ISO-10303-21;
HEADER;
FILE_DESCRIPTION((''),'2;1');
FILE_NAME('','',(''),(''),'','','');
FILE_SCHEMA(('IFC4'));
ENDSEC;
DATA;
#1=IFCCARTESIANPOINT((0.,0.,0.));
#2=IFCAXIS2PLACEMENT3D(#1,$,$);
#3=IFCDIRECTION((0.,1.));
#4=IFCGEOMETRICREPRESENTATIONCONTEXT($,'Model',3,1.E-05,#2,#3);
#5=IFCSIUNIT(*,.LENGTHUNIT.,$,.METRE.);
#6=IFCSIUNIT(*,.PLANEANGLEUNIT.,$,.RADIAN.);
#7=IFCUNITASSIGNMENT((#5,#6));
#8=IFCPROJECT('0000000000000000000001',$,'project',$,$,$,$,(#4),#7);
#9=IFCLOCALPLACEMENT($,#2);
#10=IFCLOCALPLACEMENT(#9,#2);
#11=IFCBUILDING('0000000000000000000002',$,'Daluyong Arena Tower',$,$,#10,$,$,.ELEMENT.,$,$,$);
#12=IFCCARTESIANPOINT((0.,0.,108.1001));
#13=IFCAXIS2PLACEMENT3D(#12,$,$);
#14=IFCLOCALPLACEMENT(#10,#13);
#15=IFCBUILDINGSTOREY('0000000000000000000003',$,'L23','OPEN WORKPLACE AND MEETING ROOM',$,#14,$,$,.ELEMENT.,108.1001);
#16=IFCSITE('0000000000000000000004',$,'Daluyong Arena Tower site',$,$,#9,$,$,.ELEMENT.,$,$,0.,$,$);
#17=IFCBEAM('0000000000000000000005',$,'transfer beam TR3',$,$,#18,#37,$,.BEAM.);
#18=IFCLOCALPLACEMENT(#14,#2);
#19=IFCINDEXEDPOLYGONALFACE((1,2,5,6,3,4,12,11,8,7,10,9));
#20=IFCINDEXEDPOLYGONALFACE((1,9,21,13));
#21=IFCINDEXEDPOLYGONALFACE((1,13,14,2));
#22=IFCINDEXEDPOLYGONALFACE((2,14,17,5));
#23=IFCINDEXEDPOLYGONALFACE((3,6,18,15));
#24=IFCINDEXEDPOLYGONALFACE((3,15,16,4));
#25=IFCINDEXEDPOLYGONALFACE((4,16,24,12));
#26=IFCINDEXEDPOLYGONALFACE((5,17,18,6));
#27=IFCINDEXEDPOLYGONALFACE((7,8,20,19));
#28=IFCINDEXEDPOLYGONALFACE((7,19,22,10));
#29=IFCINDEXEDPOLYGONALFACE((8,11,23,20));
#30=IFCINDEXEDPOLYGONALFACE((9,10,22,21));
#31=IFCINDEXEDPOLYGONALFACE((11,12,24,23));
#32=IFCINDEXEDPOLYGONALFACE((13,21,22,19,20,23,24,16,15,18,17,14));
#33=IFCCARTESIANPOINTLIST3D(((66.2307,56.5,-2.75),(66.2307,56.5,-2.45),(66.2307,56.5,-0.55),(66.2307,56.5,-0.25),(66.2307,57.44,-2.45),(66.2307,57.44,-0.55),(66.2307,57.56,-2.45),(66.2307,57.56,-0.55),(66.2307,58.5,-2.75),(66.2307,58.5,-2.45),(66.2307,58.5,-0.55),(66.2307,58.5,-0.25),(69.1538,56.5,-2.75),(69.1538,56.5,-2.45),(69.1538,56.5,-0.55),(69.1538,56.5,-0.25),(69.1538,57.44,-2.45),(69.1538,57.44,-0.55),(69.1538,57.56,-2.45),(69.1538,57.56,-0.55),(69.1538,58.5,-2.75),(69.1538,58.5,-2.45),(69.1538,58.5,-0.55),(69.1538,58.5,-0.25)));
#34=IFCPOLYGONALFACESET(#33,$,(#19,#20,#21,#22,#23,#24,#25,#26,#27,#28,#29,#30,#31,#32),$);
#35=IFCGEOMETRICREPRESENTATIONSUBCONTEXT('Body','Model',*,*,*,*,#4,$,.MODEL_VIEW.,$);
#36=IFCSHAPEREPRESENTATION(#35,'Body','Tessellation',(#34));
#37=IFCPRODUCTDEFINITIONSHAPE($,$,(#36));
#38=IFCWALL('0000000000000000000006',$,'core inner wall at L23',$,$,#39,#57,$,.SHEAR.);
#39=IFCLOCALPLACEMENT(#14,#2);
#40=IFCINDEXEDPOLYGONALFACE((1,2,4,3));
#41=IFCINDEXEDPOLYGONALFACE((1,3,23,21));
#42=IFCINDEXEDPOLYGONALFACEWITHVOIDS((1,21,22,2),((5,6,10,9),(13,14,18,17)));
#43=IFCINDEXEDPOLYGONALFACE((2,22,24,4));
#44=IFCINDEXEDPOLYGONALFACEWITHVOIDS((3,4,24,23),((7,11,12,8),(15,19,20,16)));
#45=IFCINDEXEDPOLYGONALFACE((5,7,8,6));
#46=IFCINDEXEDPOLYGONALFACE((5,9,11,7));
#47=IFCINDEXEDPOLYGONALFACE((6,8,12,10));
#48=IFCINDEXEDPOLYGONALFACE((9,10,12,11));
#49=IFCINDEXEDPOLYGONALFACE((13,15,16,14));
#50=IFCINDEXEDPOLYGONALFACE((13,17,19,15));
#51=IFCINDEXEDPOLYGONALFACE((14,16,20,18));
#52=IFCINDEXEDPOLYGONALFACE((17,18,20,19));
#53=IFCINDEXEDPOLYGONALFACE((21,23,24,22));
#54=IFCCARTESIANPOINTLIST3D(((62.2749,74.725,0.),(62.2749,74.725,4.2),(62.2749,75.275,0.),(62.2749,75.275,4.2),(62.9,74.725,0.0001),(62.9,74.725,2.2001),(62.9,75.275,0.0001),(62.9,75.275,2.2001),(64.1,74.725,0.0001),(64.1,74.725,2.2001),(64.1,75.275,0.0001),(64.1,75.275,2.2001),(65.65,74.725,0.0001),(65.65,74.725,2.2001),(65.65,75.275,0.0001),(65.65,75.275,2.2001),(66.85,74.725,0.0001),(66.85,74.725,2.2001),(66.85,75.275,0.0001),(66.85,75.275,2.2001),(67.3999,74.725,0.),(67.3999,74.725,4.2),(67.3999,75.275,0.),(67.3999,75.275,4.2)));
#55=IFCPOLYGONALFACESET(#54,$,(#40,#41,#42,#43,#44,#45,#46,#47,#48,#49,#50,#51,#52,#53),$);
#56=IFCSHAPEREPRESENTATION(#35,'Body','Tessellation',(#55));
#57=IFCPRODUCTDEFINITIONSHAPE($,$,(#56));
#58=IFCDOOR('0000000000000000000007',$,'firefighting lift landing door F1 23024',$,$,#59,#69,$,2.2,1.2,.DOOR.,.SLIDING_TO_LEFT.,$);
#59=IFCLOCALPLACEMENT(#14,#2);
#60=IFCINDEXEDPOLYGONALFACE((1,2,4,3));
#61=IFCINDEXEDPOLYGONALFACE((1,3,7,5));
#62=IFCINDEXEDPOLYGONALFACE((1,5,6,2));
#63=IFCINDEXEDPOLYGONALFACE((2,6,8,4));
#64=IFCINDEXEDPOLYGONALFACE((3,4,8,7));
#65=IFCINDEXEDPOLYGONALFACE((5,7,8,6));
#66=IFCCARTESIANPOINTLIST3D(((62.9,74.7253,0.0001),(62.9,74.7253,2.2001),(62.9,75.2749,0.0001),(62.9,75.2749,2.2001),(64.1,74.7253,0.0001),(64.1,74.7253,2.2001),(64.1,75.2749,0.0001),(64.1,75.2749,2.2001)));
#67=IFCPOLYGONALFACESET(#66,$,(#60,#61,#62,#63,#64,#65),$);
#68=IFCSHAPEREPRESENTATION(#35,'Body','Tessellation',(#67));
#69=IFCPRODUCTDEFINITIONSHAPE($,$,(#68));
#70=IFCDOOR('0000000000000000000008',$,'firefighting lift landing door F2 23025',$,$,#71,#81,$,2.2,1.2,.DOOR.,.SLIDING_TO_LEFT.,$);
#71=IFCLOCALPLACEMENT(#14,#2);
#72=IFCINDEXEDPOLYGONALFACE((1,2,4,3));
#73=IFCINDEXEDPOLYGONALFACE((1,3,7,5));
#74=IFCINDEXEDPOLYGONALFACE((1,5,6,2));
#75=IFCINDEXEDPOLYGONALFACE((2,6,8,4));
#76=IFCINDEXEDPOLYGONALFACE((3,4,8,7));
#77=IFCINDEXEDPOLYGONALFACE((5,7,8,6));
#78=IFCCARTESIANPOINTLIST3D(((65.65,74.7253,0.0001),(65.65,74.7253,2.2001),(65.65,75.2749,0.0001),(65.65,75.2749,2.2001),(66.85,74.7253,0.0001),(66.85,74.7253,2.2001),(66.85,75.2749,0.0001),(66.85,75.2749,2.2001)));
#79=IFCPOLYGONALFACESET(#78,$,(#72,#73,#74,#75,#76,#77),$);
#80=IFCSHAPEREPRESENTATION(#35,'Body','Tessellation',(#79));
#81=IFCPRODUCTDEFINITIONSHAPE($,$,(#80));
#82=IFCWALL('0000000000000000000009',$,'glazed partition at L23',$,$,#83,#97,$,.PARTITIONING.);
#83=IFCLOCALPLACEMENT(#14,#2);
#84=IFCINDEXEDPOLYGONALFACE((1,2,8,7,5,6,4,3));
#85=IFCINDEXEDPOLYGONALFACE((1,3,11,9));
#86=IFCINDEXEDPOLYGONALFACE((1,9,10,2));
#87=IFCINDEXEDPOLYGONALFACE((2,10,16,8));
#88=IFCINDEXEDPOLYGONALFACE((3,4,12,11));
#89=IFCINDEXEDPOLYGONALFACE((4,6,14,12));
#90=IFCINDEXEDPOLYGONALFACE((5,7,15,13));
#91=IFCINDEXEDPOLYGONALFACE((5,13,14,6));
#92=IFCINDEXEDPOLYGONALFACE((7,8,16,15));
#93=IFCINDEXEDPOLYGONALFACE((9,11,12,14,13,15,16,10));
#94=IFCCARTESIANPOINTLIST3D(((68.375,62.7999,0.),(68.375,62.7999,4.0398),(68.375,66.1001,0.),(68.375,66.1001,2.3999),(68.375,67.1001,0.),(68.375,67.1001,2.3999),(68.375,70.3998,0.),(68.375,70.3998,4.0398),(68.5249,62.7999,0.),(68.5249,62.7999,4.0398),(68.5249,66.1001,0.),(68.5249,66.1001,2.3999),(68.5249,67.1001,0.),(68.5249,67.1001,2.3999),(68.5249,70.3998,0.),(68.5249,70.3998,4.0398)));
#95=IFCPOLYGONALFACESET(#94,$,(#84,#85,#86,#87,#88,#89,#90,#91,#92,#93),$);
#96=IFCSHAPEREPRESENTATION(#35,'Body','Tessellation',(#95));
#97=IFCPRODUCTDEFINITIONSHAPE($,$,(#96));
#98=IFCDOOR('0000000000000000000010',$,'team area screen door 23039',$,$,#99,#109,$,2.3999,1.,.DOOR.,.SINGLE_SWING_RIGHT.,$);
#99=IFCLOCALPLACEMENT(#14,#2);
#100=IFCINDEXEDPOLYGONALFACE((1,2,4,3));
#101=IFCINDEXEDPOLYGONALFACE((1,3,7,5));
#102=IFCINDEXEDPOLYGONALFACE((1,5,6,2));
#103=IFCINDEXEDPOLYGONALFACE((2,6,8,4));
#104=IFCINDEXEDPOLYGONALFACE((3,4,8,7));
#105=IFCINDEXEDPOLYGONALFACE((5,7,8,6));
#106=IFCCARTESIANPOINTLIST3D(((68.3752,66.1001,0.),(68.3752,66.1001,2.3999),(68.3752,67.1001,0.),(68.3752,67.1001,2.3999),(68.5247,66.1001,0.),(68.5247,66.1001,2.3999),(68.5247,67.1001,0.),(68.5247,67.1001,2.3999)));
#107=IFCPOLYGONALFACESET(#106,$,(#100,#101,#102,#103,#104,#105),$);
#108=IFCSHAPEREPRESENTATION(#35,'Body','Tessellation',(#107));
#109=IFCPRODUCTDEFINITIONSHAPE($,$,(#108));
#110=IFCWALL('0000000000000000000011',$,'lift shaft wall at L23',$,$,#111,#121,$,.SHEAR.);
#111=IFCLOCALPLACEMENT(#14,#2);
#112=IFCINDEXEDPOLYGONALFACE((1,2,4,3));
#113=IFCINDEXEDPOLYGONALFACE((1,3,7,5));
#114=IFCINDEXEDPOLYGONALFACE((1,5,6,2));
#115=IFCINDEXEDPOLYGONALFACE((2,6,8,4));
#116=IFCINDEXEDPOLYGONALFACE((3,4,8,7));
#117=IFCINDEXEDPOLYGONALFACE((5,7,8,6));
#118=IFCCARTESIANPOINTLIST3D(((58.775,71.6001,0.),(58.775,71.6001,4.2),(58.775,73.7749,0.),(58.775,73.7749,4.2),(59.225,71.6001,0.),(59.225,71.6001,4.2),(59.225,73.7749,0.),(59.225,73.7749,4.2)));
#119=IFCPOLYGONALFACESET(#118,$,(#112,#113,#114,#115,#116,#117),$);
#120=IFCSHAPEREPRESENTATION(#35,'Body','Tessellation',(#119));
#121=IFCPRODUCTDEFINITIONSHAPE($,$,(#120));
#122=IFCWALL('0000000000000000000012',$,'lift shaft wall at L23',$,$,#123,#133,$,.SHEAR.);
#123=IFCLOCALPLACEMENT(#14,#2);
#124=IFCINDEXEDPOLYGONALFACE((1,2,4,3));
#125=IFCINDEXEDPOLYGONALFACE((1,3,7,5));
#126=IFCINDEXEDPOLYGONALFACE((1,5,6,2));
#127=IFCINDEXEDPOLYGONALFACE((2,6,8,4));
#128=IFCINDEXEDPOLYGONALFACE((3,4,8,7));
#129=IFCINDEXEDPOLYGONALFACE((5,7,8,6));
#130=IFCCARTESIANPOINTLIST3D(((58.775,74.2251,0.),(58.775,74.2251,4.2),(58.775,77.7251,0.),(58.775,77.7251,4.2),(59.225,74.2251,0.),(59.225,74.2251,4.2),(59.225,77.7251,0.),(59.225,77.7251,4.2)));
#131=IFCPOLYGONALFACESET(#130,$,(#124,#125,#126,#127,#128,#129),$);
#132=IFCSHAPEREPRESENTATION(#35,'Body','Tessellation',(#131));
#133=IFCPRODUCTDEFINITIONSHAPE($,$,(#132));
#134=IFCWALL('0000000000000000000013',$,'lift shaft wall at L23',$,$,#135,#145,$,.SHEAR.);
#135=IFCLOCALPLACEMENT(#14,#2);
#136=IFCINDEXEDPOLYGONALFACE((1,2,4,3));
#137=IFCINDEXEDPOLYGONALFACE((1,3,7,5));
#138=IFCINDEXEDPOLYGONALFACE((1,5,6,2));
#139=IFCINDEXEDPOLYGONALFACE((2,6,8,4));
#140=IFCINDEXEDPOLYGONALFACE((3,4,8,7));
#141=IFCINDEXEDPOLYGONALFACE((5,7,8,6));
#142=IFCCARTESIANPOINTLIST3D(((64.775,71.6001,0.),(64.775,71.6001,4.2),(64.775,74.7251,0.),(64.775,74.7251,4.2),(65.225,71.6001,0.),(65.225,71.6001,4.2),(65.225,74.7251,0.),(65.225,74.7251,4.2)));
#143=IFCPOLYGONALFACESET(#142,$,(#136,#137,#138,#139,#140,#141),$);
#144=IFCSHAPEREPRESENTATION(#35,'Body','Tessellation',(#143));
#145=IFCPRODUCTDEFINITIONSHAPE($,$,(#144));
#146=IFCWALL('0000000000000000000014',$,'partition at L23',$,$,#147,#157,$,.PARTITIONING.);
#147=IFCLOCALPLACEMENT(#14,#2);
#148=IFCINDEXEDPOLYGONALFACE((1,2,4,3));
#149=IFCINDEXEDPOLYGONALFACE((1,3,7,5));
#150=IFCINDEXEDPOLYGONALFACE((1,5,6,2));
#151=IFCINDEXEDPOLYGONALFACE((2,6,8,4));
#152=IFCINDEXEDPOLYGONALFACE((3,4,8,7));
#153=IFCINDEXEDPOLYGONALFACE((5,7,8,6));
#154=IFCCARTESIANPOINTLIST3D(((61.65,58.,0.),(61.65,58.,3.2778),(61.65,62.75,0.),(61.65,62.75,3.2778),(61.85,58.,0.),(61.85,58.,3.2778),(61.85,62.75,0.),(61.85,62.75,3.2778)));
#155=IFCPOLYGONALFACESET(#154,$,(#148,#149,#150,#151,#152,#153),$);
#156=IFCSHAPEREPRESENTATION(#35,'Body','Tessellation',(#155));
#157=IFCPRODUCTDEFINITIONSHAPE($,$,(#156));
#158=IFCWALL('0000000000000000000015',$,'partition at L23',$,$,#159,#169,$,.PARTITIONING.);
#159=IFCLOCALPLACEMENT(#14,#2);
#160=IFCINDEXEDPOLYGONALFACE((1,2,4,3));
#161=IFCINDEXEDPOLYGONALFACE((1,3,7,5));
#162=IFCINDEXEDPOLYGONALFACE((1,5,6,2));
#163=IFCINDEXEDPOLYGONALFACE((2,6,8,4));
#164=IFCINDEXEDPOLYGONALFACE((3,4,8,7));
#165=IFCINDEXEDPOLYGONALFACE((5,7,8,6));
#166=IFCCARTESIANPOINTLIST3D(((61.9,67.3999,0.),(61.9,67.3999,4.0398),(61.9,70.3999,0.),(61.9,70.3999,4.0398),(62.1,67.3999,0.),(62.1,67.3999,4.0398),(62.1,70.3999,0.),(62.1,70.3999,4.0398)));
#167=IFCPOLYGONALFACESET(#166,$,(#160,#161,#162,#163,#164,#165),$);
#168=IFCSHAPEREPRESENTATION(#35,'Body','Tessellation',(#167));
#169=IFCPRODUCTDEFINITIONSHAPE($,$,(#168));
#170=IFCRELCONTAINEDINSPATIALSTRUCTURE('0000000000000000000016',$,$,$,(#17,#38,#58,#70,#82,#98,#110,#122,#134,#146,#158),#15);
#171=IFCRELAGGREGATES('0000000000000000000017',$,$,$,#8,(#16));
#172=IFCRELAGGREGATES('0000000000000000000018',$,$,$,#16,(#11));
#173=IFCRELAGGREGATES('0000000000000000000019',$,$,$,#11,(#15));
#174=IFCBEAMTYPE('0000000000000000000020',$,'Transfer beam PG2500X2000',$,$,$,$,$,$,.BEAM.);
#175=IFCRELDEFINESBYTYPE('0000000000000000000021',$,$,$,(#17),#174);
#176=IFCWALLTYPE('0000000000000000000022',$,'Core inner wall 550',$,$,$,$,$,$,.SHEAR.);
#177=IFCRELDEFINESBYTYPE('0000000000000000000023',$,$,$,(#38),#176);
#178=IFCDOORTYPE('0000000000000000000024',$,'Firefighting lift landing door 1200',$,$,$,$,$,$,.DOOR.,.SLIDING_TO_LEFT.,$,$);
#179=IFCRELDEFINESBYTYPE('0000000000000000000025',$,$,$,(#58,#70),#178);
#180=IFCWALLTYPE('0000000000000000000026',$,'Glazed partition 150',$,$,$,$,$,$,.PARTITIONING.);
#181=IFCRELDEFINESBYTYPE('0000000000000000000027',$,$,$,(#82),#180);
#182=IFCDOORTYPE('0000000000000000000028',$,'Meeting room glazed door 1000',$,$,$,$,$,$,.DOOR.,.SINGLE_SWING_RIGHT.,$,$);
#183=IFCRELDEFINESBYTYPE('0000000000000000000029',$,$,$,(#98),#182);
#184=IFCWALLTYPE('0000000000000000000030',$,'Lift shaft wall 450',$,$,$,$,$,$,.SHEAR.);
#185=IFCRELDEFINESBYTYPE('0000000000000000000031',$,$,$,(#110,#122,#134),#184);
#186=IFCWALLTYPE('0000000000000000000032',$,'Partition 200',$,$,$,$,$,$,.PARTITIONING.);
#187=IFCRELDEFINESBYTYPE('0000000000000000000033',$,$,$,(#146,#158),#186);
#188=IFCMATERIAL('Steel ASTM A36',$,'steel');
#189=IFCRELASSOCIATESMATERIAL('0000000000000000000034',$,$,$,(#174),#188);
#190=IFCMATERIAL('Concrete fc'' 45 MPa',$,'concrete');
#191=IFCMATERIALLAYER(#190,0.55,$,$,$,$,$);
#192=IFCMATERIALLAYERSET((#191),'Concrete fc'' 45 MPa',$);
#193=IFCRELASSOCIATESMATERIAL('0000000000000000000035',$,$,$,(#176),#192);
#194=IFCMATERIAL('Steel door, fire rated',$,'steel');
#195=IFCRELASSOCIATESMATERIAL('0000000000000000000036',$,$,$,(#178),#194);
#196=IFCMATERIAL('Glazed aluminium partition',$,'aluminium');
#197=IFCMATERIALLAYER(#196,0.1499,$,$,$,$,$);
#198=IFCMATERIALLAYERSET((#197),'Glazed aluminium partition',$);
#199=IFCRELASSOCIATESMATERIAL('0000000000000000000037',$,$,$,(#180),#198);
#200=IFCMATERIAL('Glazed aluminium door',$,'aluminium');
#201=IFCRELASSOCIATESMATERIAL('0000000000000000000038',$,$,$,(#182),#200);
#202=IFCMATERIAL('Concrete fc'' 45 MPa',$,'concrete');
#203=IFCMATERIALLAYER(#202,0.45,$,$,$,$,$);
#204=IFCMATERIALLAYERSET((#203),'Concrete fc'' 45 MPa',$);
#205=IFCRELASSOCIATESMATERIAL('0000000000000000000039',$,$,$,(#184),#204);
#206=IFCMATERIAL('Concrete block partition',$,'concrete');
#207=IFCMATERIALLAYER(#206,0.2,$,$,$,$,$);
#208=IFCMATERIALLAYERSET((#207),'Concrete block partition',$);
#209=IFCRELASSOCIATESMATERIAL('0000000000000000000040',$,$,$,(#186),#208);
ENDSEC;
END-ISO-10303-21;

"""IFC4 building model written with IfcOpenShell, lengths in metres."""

from ifc_helpers import new_model, si_unit, direction, frame, frame_2d, origin, origin_2d, place, context, subcontext, project, spatial, rectangle, i_section, extrude, material, layer, layer_set, material_profile, profile_set, type_object, element, fill, save


model = new_model("IFC4")

# Units and contexts
model_context = context("Model", 3, precision=1e-05, world=origin(), true_north=direction((0.0, 1.0)))
body_context = subcontext(model_context, "Body", "Model", "MODEL_VIEW")
ifc_project = project(units=[si_unit("LENGTHUNIT", "METRE"), si_unit("PLANEANGLEUNIT", "RADIAN")], contexts=[model_context])

# Site, building, storey
site_placement = place(None, origin())
site = spatial("IfcSite", under=ifc_project, at=site_placement, Name="Daluyong Arena Tower site", CompositionType="ELEMENT", RefElevation=0.0)
building_placement = place(site_placement, origin())
building = spatial("IfcBuilding", under=site, at=building_placement, Name="Daluyong Arena Tower", CompositionType="ELEMENT")
storey_placement = place(building_placement, frame((0.0, 0.0, 108.1001)))
storey = spatial("IfcBuildingStorey", under=building, at=storey_placement, Name="L23", Description="OPEN WORKPLACE AND MEETING ROOM", CompositionType="ELEMENT", Elevation=108.1001)

# Beam
ifc_material_1 = material(Name="Steel ASTM A36", Category="steel")
ifc_material_profile_1 = material_profile(ifc_material_1, i_section(OverallWidth=2.0, OverallDepth=2.5, WebThickness=0.12, FlangeThickness=0.3, at=origin_2d()))
ifc_profile_set_1 = profile_set([ifc_material_profile_1], Name="Steel ASTM A36")
beam_type_1 = type_object("IfcBeamType", Name="Transfer beam PG2500X2000", PredefinedType="BEAM", material=ifc_profile_set_1)
for number, where, z_axis, x_axis, name in (
    (1, (66.2307, 57.5, -1.5), (1.0, 0.0, 0.0), (0.0, 1.0, 0.0), "transfer beam TR3"),
):
    element("IfcBeam", number, at=place(storey_placement, frame(where, z_axis=z_axis, x_axis=x_axis)), inside=storey, type_object=beam_type_1, Name=name, PredefinedType="BEAM", context=body_context, shape_type="SweptSolid", body=[
        extrude(i_section(OverallWidth=2.0, OverallDepth=2.5, WebThickness=0.12, FlangeThickness=0.3, at=origin_2d()), origin(), (0.0, 0.0, 1.0), 2.9231),
    ])

# Shared definitions
ifc_material_2 = material(Name="Concrete fc' 45 MPa", Category="concrete")
ifc_layer_1 = layer(ifc_material_2, 0.55)
ifc_layer_set_1 = layer_set([ifc_layer_1], Name="Concrete fc' 45 MPa")
wall_type_1 = type_object("IfcWallType", Name="Core inner wall 550", PredefinedType="SHEAR", material=ifc_layer_set_1)

# Wall, openings, doors
wall_1_placement = place(storey_placement, frame((62.2749, 75.0, 0.0), z_axis=(0.0, 0.0, 1.0), x_axis=(1.0, 0.0, 0.0)))
wall_1 = element("IfcWall", 2, at=wall_1_placement, inside=storey, type_object=wall_type_1, Name="core inner wall at L23", PredefinedType="SHEAR", context=body_context, shape_type="SweptSolid", body=[
    extrude(rectangle(XDim=5.125, YDim=0.55, at=frame_2d((2.5625, 0.0))), origin(), (0.0, 0.0, 1.0), 4.2),
])
opening_1_placement = place(wall_1_placement, frame((0.625, 0.0, 0.0)))
opening_1 = element("IfcOpeningElement", 3, at=opening_1_placement, cuts=wall_1, PredefinedType="OPENING", context=body_context, shape_type="SweptSolid", body=[
    extrude(rectangle(XDim=1.2, YDim=2.2, at=frame_2d((0.6001, 1.1001))), frame((0.0, 0.2849, 0.0), z_axis=(0.0, -1.0, 0.0), x_axis=(1.0, 0.0, 0.0)), (0.0, 0.0, 1.0), 0.5701),
])
opening_2_placement = place(wall_1_placement, frame((3.375, 0.0, 0.0)))
opening_2 = element("IfcOpeningElement", 4, at=opening_2_placement, cuts=wall_1, PredefinedType="OPENING", context=body_context, shape_type="SweptSolid", body=[
    extrude(rectangle(XDim=1.2, YDim=2.2, at=frame_2d((0.6001, 1.1001))), frame((0.0, 0.2849, 0.0), z_axis=(0.0, -1.0, 0.0), x_axis=(1.0, 0.0, 0.0)), (0.0, 0.0, 1.0), 0.5701),
])
ifc_material_3 = material(Name="Steel door, fire rated", Category="steel")
door_type_1 = type_object("IfcDoorType", Name="Firefighting lift landing door 1200", OperationType="SLIDING_TO_LEFT", PredefinedType="DOOR", material=ifc_material_3)
door_1_placement = place(opening_1_placement, origin())
door_1 = element("IfcDoor", 5, at=door_1_placement, inside=storey, type_object=door_type_1, Name="firefighting lift landing door F1 23024", OperationType="SLIDING_TO_LEFT", OverallHeight=2.2, OverallWidth=1.2, PredefinedType="DOOR", context=body_context, shape_type="SweptSolid", body=[
    extrude(rectangle(XDim=1.2, YDim=2.2, at=frame_2d((0.6001, 1.1001))), frame((0.0, 0.2749, 0.0), z_axis=(0.0, -1.0, 0.0), x_axis=(1.0, 0.0, 0.0)), (0.0, 0.0, 1.0), 0.5496),
])
fill(opening_1, door_1)
door_2_placement = place(opening_2_placement, origin())
door_2 = element("IfcDoor", 6, at=door_2_placement, inside=storey, type_object=door_type_1, Name="firefighting lift landing door F2 23025", OperationType="SLIDING_TO_LEFT", OverallHeight=2.2, OverallWidth=1.2, PredefinedType="DOOR", context=body_context, shape_type="SweptSolid", body=[
    extrude(rectangle(XDim=1.2, YDim=2.2, at=frame_2d((0.6001, 1.1001))), frame((0.0, 0.2749, 0.0), z_axis=(0.0, -1.0, 0.0), x_axis=(1.0, 0.0, 0.0)), (0.0, 0.0, 1.0), 0.5496),
])
fill(opening_2, door_2)

# Wall, opening, door
ifc_material_4 = material(Name="Glazed aluminium partition", Category="aluminium")
ifc_layer_2 = layer(ifc_material_4, 0.1499)
ifc_layer_set_2 = layer_set([ifc_layer_2], Name="Glazed aluminium partition")
wall_type_2 = type_object("IfcWallType", Name="Glazed partition 150", PredefinedType="PARTITIONING", material=ifc_layer_set_2)
wall_2_placement = place(storey_placement, frame((68.45, 62.8, 0.0), z_axis=(0.0, 0.0, 1.0), x_axis=(0.0, 1.0, 0.0)))
wall_2 = element("IfcWall", 7, at=wall_2_placement, inside=storey, type_object=wall_type_2, Name="glazed partition at L23", PredefinedType="PARTITIONING", context=body_context, shape_type="SweptSolid", body=[
    extrude(rectangle(XDim=7.5999, YDim=0.1499, at=frame_2d((3.7998, 0.0))), origin(), (0.0, 0.0, 1.0), 4.0398),
])
opening_3_placement = place(wall_2_placement, frame((3.3, 0.0, 0.0)))
opening_3 = element("IfcOpeningElement", 8, at=opening_3_placement, cuts=wall_2, PredefinedType="OPENING", context=body_context, shape_type="SweptSolid", body=[
    extrude(rectangle(XDim=1.0, YDim=2.3999, at=frame_2d((0.5, 1.2))), frame((0.0, 0.085, 0.0), z_axis=(0.0, -1.0, 0.0), x_axis=(1.0, 0.0, 0.0)), (0.0, 0.0, 1.0), 0.1699),
])
ifc_material_5 = material(Name="Glazed aluminium door", Category="aluminium")
door_type_2 = type_object("IfcDoorType", Name="Meeting room glazed door 1000", OperationType="SINGLE_SWING_RIGHT", PredefinedType="DOOR", material=ifc_material_5)
door_3_placement = place(opening_3_placement, origin())
door_3 = element("IfcDoor", 9, at=door_3_placement, inside=storey, type_object=door_type_2, Name="team area screen door 23039", OperationType="SINGLE_SWING_RIGHT", OverallHeight=2.3999, OverallWidth=1.0, PredefinedType="DOOR", context=body_context, shape_type="SweptSolid", body=[
    extrude(rectangle(XDim=1.0, YDim=2.3999, at=frame_2d((0.5, 1.2))), frame((0.0, 0.0747, 0.0), z_axis=(0.0, -1.0, 0.0), x_axis=(1.0, 0.0, 0.0)), (0.0, 0.0, 1.0), 0.1494),
])
fill(opening_3, door_3)

# Walls
ifc_material_6 = material(Name="Concrete fc' 45 MPa", Category="concrete")
ifc_layer_3 = layer(ifc_material_6, 0.45)
ifc_layer_set_3 = layer_set([ifc_layer_3], Name="Concrete fc' 45 MPa")
wall_type_3 = type_object("IfcWallType", Name="Lift shaft wall 450", PredefinedType="SHEAR", material=ifc_layer_set_3)
wall_3_placement = place(storey_placement, frame((59.0, 71.6001, 0.0), z_axis=(0.0, 0.0, 1.0), x_axis=(0.0, 1.0, 0.0)))
element("IfcWall", 10, at=wall_3_placement, inside=storey, type_object=wall_type_3, Name="lift shaft wall at L23", PredefinedType="SHEAR", context=body_context, shape_type="SweptSolid", body=[
    extrude(rectangle(XDim=2.1748, YDim=0.45, at=frame_2d((1.0874, 0.0))), origin(), (0.0, 0.0, 1.0), 4.2),
])
wall_4_placement = place(storey_placement, frame((59.0, 74.2251, 0.0), z_axis=(0.0, 0.0, 1.0), x_axis=(0.0, 1.0, 0.0)))
element("IfcWall", 11, at=wall_4_placement, inside=storey, type_object=wall_type_3, Name="lift shaft wall at L23", PredefinedType="SHEAR", context=body_context, shape_type="SweptSolid", body=[
    extrude(rectangle(XDim=3.5, YDim=0.45, at=frame_2d((1.75, 0.0))), origin(), (0.0, 0.0, 1.0), 4.2),
])
wall_5_placement = place(storey_placement, frame((65.0, 71.6001, 0.0), z_axis=(0.0, 0.0, 1.0), x_axis=(0.0, 1.0, 0.0)))
element("IfcWall", 12, at=wall_5_placement, inside=storey, type_object=wall_type_3, Name="lift shaft wall at L23", PredefinedType="SHEAR", context=body_context, shape_type="SweptSolid", body=[
    extrude(rectangle(XDim=3.125, YDim=0.45, at=frame_2d((1.5625, 0.0))), origin(), (0.0, 0.0, 1.0), 4.2),
])
ifc_material_7 = material(Name="Concrete block partition", Category="concrete")
ifc_layer_4 = layer(ifc_material_7, 0.2)
ifc_layer_set_4 = layer_set([ifc_layer_4], Name="Concrete block partition")
wall_type_4 = type_object("IfcWallType", Name="Partition 200", PredefinedType="PARTITIONING", material=ifc_layer_set_4)
wall_6_placement = place(storey_placement, frame((61.75, 58.0, 0.0), z_axis=(0.0, 0.0, 1.0), x_axis=(0.0, 1.0, 0.0)))
element("IfcWall", 13, at=wall_6_placement, inside=storey, type_object=wall_type_4, Name="partition at L23", PredefinedType="PARTITIONING", context=body_context, shape_type="SweptSolid", body=[
    extrude(rectangle(XDim=4.75, YDim=0.2, at=frame_2d((2.375, 0.0))), origin(), (0.0, 0.0, 1.0), 3.2778),
])
wall_7_placement = place(storey_placement, frame((62.0, 67.3999, 0.0), z_axis=(0.0, 0.0, 1.0), x_axis=(0.0, 1.0, 0.0)))
element("IfcWall", 14, at=wall_7_placement, inside=storey, type_object=wall_type_4, Name="partition at L23", PredefinedType="PARTITIONING", context=body_context, shape_type="SweptSolid", body=[
    extrude(rectangle(XDim=3.0, YDim=0.2, at=frame_2d((1.5, 0.0))), origin(), (0.0, 0.0, 1.0), 4.0398),
])

save(model, "model.ifc")
